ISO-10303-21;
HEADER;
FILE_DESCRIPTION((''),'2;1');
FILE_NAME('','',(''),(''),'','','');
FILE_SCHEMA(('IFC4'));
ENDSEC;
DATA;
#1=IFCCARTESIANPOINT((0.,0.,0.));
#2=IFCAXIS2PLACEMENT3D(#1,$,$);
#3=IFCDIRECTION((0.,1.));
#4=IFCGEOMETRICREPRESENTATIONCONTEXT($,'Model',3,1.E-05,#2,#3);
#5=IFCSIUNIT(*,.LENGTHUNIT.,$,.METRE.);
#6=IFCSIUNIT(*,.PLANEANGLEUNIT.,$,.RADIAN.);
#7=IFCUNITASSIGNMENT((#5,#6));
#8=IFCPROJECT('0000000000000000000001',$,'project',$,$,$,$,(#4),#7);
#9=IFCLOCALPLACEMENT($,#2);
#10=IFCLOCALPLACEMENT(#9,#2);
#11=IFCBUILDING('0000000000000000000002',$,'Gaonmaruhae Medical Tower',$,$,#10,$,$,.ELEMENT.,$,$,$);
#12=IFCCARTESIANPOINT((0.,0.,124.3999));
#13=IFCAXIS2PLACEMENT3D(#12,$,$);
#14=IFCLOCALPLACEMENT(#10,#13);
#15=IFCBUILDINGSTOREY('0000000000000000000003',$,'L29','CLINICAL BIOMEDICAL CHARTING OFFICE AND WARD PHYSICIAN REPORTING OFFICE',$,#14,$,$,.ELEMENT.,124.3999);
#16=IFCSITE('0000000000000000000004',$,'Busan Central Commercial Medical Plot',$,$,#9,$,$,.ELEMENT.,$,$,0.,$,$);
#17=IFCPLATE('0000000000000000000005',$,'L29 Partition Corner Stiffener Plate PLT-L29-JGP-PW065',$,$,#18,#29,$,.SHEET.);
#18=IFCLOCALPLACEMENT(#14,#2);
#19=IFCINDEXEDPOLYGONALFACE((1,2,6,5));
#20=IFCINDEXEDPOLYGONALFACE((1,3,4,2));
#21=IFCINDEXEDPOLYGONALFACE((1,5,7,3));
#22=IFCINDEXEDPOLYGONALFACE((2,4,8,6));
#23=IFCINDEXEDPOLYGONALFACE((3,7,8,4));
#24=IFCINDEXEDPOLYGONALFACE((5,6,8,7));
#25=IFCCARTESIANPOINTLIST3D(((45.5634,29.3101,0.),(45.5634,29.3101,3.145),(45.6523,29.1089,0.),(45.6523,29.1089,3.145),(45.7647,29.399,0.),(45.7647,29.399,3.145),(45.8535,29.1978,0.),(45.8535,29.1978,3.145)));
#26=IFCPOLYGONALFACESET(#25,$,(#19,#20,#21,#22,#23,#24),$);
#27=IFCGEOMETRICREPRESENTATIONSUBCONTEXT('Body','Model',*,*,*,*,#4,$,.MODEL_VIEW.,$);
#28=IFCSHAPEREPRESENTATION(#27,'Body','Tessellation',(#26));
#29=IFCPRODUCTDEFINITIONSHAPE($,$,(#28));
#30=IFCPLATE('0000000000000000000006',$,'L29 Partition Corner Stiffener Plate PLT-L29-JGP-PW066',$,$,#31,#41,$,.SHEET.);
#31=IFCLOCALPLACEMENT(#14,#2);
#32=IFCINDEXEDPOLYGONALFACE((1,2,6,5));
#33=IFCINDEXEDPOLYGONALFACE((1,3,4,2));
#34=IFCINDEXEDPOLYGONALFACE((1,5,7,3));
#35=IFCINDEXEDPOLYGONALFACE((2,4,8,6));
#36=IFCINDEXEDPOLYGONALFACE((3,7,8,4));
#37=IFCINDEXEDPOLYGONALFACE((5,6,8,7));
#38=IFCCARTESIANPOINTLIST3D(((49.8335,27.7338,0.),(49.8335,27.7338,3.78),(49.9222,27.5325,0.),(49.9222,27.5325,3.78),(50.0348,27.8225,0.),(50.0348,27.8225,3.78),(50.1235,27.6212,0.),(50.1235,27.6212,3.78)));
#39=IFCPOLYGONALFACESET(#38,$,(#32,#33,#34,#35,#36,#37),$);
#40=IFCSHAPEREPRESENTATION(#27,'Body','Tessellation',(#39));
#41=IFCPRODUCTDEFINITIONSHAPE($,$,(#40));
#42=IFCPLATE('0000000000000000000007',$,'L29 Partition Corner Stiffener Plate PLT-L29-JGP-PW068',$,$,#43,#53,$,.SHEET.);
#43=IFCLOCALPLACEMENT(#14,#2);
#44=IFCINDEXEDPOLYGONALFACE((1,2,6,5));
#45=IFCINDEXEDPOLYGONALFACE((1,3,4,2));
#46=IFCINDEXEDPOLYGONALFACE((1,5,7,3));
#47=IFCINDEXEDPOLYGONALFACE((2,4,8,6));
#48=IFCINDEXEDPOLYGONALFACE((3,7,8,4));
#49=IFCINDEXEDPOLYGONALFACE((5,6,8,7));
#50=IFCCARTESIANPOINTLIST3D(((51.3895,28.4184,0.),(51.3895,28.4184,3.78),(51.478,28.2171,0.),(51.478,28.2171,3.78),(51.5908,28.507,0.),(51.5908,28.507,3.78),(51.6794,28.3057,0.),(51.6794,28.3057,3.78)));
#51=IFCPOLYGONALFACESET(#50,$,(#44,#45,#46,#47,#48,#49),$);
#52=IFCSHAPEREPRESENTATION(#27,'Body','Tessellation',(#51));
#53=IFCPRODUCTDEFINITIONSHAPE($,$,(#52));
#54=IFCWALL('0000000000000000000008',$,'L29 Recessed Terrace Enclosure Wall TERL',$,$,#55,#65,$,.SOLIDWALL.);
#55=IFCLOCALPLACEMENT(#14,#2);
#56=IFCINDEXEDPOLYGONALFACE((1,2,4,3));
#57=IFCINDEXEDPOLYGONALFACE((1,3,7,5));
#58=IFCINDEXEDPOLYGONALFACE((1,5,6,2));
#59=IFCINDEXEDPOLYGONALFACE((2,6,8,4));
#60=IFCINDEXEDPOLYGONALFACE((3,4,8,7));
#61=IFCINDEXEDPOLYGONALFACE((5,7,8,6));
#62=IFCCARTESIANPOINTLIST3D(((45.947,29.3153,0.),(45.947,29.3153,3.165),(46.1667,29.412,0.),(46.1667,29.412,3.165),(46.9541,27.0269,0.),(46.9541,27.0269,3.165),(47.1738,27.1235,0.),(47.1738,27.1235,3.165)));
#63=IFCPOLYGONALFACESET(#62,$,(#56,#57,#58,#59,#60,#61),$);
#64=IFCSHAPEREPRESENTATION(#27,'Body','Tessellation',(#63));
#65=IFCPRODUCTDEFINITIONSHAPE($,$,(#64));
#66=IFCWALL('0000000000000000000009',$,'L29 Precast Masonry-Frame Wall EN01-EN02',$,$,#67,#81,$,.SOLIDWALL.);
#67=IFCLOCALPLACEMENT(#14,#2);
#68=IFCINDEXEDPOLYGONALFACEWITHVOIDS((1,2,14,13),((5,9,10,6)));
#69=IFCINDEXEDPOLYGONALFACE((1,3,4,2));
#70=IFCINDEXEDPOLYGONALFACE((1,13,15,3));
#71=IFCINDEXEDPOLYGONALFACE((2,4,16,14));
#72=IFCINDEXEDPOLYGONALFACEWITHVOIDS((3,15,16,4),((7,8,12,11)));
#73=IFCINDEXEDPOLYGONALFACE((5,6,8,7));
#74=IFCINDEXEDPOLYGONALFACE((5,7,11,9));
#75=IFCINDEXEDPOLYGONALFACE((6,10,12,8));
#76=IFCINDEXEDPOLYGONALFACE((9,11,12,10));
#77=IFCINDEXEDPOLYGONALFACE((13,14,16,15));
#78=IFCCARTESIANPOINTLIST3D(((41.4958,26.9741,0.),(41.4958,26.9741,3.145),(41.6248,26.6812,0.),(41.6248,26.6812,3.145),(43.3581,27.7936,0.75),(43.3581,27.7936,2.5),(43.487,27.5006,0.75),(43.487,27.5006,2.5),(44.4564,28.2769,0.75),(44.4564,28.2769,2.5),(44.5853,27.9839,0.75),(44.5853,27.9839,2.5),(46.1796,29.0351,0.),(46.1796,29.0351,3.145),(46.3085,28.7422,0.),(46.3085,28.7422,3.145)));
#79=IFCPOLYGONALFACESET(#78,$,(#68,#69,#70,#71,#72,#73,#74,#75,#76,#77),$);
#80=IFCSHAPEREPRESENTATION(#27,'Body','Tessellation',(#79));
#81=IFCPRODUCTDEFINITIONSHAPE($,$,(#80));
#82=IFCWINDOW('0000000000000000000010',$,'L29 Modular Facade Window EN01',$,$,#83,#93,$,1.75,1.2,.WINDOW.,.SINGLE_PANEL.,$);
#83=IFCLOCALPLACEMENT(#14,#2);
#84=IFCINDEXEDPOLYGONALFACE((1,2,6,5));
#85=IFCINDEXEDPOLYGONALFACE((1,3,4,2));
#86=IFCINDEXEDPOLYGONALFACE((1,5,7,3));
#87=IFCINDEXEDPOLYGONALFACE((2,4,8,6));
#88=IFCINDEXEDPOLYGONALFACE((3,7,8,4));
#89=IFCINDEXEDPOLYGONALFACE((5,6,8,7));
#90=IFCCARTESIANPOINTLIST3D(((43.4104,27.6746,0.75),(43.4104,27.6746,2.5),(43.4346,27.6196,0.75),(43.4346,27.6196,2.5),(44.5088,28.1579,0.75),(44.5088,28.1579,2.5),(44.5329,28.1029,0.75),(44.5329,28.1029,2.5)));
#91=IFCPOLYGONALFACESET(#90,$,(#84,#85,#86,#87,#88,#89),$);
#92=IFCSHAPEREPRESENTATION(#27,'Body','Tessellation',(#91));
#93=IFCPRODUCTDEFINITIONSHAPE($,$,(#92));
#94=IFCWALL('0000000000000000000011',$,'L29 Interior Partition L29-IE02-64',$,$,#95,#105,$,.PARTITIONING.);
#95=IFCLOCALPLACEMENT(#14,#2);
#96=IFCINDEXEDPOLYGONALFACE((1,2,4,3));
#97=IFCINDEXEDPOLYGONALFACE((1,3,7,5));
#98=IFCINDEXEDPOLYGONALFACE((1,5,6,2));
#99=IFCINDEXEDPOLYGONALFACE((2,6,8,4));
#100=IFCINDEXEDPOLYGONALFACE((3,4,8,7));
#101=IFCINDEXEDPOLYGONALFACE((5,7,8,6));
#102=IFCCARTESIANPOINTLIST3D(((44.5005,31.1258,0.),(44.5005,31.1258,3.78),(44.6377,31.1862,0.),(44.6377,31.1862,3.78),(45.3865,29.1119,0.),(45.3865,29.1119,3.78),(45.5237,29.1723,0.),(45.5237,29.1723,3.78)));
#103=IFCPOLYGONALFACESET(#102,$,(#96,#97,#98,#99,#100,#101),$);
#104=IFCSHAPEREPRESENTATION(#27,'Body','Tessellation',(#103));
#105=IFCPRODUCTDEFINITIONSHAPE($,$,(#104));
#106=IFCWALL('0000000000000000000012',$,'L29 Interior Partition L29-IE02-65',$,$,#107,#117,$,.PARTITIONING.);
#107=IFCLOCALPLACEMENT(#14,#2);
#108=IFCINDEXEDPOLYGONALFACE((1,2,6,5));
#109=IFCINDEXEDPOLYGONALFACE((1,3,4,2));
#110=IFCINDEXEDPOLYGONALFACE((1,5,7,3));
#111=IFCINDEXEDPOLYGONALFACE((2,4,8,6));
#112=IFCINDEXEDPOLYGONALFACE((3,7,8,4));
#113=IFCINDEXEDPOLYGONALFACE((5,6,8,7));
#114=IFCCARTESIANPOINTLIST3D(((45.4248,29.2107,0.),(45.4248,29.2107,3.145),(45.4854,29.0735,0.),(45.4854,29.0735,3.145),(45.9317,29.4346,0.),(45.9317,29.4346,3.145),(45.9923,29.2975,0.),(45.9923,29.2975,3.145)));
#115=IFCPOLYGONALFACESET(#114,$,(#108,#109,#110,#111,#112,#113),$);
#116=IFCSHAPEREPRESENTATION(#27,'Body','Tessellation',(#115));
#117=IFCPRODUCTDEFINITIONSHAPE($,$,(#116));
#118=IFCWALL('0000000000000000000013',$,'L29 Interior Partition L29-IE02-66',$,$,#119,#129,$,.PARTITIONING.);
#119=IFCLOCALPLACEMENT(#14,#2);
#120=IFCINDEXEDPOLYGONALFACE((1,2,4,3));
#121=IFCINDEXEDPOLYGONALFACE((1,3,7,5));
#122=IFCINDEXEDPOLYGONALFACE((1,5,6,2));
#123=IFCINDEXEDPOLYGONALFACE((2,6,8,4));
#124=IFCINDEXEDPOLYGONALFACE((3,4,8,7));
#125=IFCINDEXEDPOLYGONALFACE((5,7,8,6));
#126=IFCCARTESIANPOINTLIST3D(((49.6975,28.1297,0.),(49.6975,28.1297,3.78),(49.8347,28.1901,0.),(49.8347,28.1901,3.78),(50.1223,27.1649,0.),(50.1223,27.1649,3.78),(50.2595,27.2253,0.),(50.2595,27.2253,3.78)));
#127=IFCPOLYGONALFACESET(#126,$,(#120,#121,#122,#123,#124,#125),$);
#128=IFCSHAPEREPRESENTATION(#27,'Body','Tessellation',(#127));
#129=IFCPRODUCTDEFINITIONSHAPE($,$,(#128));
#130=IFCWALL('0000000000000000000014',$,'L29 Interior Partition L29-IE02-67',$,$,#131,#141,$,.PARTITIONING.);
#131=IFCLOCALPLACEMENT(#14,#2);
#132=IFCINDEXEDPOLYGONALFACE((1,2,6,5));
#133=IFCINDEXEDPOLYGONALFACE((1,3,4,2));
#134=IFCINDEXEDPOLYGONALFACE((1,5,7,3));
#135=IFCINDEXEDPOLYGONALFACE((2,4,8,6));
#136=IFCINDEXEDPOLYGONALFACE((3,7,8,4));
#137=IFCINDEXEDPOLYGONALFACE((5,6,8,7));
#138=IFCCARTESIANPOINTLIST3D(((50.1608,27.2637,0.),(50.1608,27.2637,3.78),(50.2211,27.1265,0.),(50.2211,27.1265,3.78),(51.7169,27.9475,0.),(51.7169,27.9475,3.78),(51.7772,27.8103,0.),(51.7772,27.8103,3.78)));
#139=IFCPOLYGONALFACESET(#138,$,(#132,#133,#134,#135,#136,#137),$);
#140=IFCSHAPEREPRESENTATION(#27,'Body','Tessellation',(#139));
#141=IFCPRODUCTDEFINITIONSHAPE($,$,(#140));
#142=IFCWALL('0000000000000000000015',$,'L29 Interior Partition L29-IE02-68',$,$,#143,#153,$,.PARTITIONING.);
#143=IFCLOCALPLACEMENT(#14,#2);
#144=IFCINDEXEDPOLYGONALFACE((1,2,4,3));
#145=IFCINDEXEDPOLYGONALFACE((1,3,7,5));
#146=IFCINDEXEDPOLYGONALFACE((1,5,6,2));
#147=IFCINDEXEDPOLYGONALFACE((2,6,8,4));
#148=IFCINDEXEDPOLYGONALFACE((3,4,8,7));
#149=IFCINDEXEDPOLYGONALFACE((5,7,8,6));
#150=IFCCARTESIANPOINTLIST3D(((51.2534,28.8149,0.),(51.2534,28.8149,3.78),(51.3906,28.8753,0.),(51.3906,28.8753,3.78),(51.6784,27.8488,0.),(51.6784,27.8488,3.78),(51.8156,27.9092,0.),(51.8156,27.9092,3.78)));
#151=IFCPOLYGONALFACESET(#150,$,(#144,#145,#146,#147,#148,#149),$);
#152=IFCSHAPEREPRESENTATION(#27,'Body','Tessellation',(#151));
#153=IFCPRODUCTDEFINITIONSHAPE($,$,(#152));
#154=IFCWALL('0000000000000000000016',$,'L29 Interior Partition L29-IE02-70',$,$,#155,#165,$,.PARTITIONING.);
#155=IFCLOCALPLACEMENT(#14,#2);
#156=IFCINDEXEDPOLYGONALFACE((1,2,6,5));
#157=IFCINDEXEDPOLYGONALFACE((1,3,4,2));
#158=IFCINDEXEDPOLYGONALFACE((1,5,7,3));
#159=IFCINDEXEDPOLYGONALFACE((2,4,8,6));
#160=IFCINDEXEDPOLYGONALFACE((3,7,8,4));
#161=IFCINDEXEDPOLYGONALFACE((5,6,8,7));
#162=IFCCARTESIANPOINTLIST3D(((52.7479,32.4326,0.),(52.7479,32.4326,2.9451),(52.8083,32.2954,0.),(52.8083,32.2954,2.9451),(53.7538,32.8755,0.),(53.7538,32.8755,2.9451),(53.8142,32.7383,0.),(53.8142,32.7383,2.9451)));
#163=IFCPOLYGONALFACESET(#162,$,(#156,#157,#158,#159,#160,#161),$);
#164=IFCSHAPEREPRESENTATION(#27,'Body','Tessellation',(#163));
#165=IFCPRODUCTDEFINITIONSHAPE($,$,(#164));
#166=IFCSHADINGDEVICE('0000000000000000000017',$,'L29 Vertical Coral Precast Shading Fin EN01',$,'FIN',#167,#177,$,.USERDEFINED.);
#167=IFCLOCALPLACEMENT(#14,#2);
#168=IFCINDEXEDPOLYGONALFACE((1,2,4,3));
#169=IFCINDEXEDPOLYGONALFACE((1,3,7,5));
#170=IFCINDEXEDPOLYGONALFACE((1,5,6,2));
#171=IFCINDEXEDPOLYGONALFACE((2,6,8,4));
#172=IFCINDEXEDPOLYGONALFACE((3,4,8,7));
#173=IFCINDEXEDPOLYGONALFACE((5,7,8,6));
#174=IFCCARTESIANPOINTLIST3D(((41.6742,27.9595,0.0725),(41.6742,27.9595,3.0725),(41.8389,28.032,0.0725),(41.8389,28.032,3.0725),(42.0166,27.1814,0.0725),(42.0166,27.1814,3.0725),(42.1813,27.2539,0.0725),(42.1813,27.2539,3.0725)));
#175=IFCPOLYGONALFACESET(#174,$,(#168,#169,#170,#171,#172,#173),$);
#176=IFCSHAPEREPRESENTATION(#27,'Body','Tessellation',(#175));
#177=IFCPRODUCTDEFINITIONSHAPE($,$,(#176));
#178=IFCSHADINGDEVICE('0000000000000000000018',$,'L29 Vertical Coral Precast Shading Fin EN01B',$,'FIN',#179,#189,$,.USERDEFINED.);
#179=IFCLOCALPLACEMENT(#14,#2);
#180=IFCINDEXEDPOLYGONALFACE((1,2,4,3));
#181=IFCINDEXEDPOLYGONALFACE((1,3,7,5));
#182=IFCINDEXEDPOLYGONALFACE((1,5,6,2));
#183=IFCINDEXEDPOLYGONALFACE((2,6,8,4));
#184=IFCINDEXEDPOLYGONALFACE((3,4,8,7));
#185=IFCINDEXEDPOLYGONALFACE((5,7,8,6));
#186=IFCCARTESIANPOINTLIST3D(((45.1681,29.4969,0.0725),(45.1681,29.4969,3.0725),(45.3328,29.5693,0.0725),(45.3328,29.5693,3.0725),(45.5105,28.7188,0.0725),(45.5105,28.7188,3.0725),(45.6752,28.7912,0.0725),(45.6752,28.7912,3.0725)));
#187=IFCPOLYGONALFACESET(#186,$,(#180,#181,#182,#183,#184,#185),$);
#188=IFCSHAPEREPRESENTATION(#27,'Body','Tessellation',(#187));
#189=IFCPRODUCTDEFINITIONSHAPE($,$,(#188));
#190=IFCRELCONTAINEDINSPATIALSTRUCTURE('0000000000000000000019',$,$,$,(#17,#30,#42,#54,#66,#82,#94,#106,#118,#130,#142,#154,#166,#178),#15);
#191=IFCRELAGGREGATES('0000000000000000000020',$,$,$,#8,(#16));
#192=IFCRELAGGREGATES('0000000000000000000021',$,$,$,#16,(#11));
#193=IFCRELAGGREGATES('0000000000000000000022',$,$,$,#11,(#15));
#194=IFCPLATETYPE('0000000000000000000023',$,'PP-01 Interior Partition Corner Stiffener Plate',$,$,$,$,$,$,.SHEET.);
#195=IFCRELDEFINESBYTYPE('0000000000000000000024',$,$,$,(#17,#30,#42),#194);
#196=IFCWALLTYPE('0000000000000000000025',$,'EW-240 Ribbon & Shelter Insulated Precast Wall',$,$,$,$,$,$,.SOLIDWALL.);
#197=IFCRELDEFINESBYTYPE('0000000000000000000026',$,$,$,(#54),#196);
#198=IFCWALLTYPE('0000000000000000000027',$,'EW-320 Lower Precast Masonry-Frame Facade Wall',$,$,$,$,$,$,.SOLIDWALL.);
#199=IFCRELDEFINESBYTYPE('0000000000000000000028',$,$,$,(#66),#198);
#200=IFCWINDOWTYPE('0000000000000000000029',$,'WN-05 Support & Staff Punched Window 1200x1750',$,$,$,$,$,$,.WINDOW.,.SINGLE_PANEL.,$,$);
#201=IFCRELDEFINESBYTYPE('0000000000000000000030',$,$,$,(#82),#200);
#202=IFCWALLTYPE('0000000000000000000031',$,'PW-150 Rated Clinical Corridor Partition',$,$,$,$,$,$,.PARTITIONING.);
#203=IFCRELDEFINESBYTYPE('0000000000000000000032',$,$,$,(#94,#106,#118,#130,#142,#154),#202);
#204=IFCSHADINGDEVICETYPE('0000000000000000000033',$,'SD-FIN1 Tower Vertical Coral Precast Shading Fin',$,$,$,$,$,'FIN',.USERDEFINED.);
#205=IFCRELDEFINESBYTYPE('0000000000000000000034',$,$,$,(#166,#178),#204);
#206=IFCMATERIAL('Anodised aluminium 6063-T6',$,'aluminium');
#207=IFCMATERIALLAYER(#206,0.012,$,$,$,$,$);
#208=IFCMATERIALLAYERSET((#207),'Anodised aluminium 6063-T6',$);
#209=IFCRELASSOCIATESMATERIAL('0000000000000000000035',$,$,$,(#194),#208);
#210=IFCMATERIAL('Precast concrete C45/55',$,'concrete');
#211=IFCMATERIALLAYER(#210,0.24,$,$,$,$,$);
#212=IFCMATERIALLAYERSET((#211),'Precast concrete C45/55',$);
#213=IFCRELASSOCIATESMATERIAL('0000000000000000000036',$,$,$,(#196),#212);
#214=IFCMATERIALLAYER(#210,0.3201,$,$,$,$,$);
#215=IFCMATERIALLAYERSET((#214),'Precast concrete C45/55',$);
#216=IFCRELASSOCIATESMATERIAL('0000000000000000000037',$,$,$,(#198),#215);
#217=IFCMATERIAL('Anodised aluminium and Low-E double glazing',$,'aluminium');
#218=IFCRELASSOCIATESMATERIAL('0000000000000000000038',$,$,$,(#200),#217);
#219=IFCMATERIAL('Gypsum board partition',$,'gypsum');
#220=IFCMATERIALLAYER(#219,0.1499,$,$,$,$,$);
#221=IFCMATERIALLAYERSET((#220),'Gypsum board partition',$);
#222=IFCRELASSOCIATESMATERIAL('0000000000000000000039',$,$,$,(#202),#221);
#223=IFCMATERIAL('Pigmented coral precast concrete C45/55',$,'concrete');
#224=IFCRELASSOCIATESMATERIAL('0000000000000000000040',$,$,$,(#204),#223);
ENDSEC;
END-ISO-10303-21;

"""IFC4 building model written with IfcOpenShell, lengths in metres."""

from ifc_helpers import new_model, si_unit, direction, frame, frame_2d, origin, origin_2d, place, context, subcontext, project, spatial, rectangle, extrude, material, layer, layer_set, type_object, element, fill, save


model = new_model("IFC4")

# Units and contexts
model_context = context("Model", 3, precision=1e-05, world=origin(), true_north=direction((0.0, 1.0)))
body_context = subcontext(model_context, "Body", "Model", "MODEL_VIEW")
ifc_project = project(units=[si_unit("LENGTHUNIT", "METRE"), si_unit("PLANEANGLEUNIT", "RADIAN")], contexts=[model_context])

# Site, building, storey
site_placement = place(None, origin())
site = spatial("IfcSite", under=ifc_project, at=site_placement, Name="Busan Central Commercial Medical Plot", CompositionType="ELEMENT", RefElevation=0.0)
building_placement = place(site_placement, origin())
building = spatial("IfcBuilding", under=site, at=building_placement, Name="Gaonmaruhae Medical Tower", CompositionType="ELEMENT")
storey_placement = place(building_placement, frame((0.0, 0.0, 124.3999)))
storey = spatial("IfcBuildingStorey", under=building, at=storey_placement, Name="L29", Description="CLINICAL BIOMEDICAL CHARTING OFFICE AND WARD PHYSICIAN REPORTING OFFICE", CompositionType="ELEMENT", Elevation=124.3999)

# Plates
ifc_material_1 = material(Name="Anodised aluminium 6063-T6", Category="aluminium")
ifc_layer_1 = layer(ifc_material_1, 0.012)
ifc_layer_set_1 = layer_set([ifc_layer_1], Name="Anodised aluminium 6063-T6")
plate_type = type_object("IfcPlateType", Name="PP-01 Interior Partition Corner Stiffener Plate", PredefinedType="SHEET", material=ifc_layer_set_1)
plate_1_placement = place(storey_placement, frame((45.7085, 29.2539, 0.0), z_axis=(0.0, 0.0, 1.0), x_axis=(0.914699, 0.404136, 0.0)))
element("IfcPlate", 1, at=plate_1_placement, inside=storey, type_object=plate_type, Name="L29 Partition Corner Stiffener Plate PLT-L29-JGP-PW065", PredefinedType="SHEET", context=body_context, shape_type="SweptSolid", body=[
    extrude(rectangle(XDim=0.22, YDim=0.22, at=origin_2d()), origin(), (0.0, 0.0, 1.0), 3.145),
])
for number, where, z_axis, x_axis, name in (
    (2, (49.9785, 27.6775, 0.0), (0.0, 0.0, 1.0), (0.40305, -0.915178, 0.0), "L29 Partition Corner Stiffener Plate PLT-L29-JGP-PW066"),
    (3, (51.5344, 28.3621, 0.0), (0.0, 0.0, 1.0), (-0.402715, 0.915326, 0.0), "L29 Partition Corner Stiffener Plate PLT-L29-JGP-PW068"),
):
    element("IfcPlate", number, at=place(storey_placement, frame(where, z_axis=z_axis, x_axis=x_axis)), inside=storey, type_object=plate_type, Name=name, PredefinedType="SHEET", context=body_context, shape_type="SweptSolid", body=[
        extrude(rectangle(XDim=0.22, YDim=0.22, at=origin_2d()), origin(), (0.0, 0.0, 1.0), 3.78),
    ])

# Shared definitions
ifc_material_2 = material(Name="Precast concrete C45/55", Category="concrete")
ifc_layer_2 = layer(ifc_material_2, 0.24)
ifc_layer_set_2 = layer_set([ifc_layer_2], Name="Precast concrete C45/55")
wall_type_1 = type_object("IfcWallType", Name="EW-240 Ribbon & Shelter Insulated Precast Wall", PredefinedType="SOLIDWALL", material=ifc_layer_set_2)

# Wall
wall_1_placement = place(storey_placement, frame((46.0569, 29.3635, 0.0), z_axis=(0.0, 0.0, 1.0), x_axis=(0.402811, -0.915283, 0.0)))
element("IfcWall", 4, at=wall_1_placement, inside=storey, type_object=wall_type_1, Name="L29 Recessed Terrace Enclosure Wall TERL", PredefinedType="SOLIDWALL", context=body_context, shape_type="SweptSolid", body=[
    extrude(rectangle(XDim=2.5002, YDim=0.24, at=frame_2d((1.25, 0.0))), origin(), (0.0, 0.0, 1.0), 3.165),
])

# Wall, opening, window
ifc_layer_3 = layer(ifc_material_2, 0.3201)
ifc_layer_set_3 = layer_set([ifc_layer_3], Name="Precast concrete C45/55")
wall_type_2 = type_object("IfcWallType", Name="EW-320 Lower Precast Masonry-Frame Facade Wall", PredefinedType="SOLIDWALL", material=ifc_layer_set_3)
wall_2_placement = place(storey_placement, frame((41.5603, 26.8276, 0.0), z_axis=(0.0, 0.0, 1.0), x_axis=(0.915304, 0.402763, 0.0)))
wall_2 = element("IfcWall", 5, at=wall_2_placement, inside=storey, type_object=wall_type_2, Name="L29 Precast Masonry-Frame Wall EN01-EN02", PredefinedType="SOLIDWALL", context=body_context, shape_type="SweptSolid", body=[
    extrude(rectangle(XDim=5.1172, YDim=0.3201, at=frame_2d((2.5586, 0.0))), origin(), (0.0, 0.0, 1.0), 3.145),
])
opening_1_placement = place(wall_2_placement, frame((2.0344, 0.0, 0.75)))
opening_1 = element("IfcOpeningElement", 6, at=opening_1_placement, cuts=wall_2, PredefinedType="OPENING", context=body_context, shape_type="SweptSolid", body=[
    extrude(rectangle(XDim=1.2, YDim=1.75, at=frame_2d((0.6001, 0.875))), frame((0.0, 0.1699, 0.0), z_axis=(0.0, -1.0, 0.0), x_axis=(1.0, 0.0, 0.0)), (0.0, 0.0, 1.0), 0.3401),
])
ifc_material_3 = material(Name="Anodised aluminium and Low-E double glazing", Category="aluminium")
window_type = type_object("IfcWindowType", Name="WN-05 Support & Staff Punched Window 1200x1750", PartitioningType="SINGLE_PANEL", PredefinedType="WINDOW", material=ifc_material_3)
window_placement = place(opening_1_placement, origin())
window = element("IfcWindow", 7, at=window_placement, inside=storey, type_object=window_type, Name="L29 Modular Facade Window EN01", OverallHeight=1.75, OverallWidth=1.2, PartitioningType="SINGLE_PANEL", PredefinedType="WINDOW", context=body_context, shape_type="SweptSolid", body=[
    extrude(rectangle(XDim=1.2, YDim=1.75, at=frame_2d((0.6001, 0.875))), frame((0.0, 0.03, 0.0), z_axis=(0.0, -1.0, 0.0), x_axis=(1.0, 0.0, 0.0)), (0.0, 0.0, 1.0), 0.0601),
])
fill(opening_1, window)

# Walls
ifc_material_4 = material(Name="Gypsum board partition", Category="gypsum")
ifc_layer_4 = layer(ifc_material_4, 0.1499)
ifc_layer_set_4 = layer_set([ifc_layer_4], Name="Gypsum board partition")
wall_type_3 = type_object("IfcWallType", Name="PW-150 Rated Clinical Corridor Partition", PredefinedType="PARTITIONING", material=ifc_layer_set_4)
wall_3_placement = place(storey_placement, frame((44.5691, 31.156, 0.0), z_axis=(0.0, 0.0, 1.0), x_axis=(0.402687, -0.915338, 0.0)))
element("IfcWall", 8, at=wall_3_placement, inside=storey, type_object=wall_type_3, Name="L29 Interior Partition L29-IE02-64", PredefinedType="PARTITIONING", context=body_context, shape_type="SweptSolid", body=[
    extrude(rectangle(XDim=2.2002, YDim=0.1499, at=frame_2d((1.1001, 0.0))), origin(), (0.0, 0.0, 1.0), 3.78),
])
wall_4_placement = place(storey_placement, frame((45.4551, 29.1421, 0.0), z_axis=(0.0, 0.0, 1.0), x_axis=(0.914736, 0.404052, 0.0)))
element("IfcWall", 9, at=wall_4_placement, inside=storey, type_object=wall_type_3, Name="L29 Interior Partition L29-IE02-65", PredefinedType="PARTITIONING", context=body_context, shape_type="SweptSolid", body=[
    extrude(rectangle(XDim=0.5542, YDim=0.1499, at=frame_2d((0.2771, 0.0))), origin(), (0.0, 0.0, 1.0), 3.145),
])
wall_5_placement = place(storey_placement, frame((49.7661, 28.1599, 0.0), z_axis=(0.0, 0.0, 1.0), x_axis=(0.402956, -0.915219, 0.0)))
element("IfcWall", 10, at=wall_5_placement, inside=storey, type_object=wall_type_3, Name="L29 Interior Partition L29-IE02-66", PredefinedType="PARTITIONING", context=body_context, shape_type="SweptSolid", body=[
    extrude(rectangle(XDim=1.0542, YDim=0.1499, at=frame_2d((0.5271, 0.0))), origin(), (0.0, 0.0, 1.0), 3.78),
])
wall_6_placement = place(storey_placement, frame((50.1909, 27.1951, 0.0), z_axis=(0.0, 0.0, 1.0), x_axis=(0.915503, 0.40231, 0.0)))
element("IfcWall", 11, at=wall_6_placement, inside=storey, type_object=wall_type_3, Name="L29 Interior Partition L29-IE02-67", PredefinedType="PARTITIONING", context=body_context, shape_type="SweptSolid", body=[
    extrude(rectangle(XDim=1.6997, YDim=0.1499, at=frame_2d((0.8499, 0.0))), origin(), (0.0, 0.0, 1.0), 3.78),
])
wall_7_placement = place(storey_placement, frame((51.7471, 27.8789, 0.0), z_axis=(0.0, 0.0, 1.0), x_axis=(-0.402723, 0.915322, 0.0)))
element("IfcWall", 12, at=wall_7_placement, inside=storey, type_object=wall_type_3, Name="L29 Interior Partition L29-IE02-68", PredefinedType="PARTITIONING", context=body_context, shape_type="SweptSolid", body=[
    extrude(rectangle(XDim=1.0554, YDim=0.1499, at=frame_2d((0.5278, 0.0))), origin(), (0.0, 0.0, 1.0), 3.78),
])
wall_8_placement = place(storey_placement, frame((52.7781, 32.364, 0.0), z_axis=(0.0, 0.0, 1.0), x_axis=(0.915217, 0.402962, 0.0)))
element("IfcWall", 13, at=wall_8_placement, inside=storey, type_object=wall_type_3, Name="L29 Interior Partition L29-IE02-70", PredefinedType="PARTITIONING", context=body_context, shape_type="SweptSolid", body=[
    extrude(rectangle(XDim=1.0991, YDim=0.1499, at=frame_2d((0.5496, 0.0))), origin(), (0.0, 0.0, 1.0), 2.9451),
])

# Shading devices
ifc_material_5 = material(Name="Pigmented coral precast concrete C45/55", Category="concrete")
shading_device_type = type_object("IfcShadingDeviceType", Name="SD-FIN1 Tower Vertical Coral Precast Shading Fin", ElementType="FIN", PredefinedType="USERDEFINED", material=ifc_material_5)
for number, where, z_axis, x_axis, name in (
    (14, (41.9277, 27.6067, 0.0725), (0.0, 0.0, 1.0), (0.915311, 0.402747, 0.0), "L29 Vertical Coral Precast Shading Fin EN01"),
    (15, (45.4216, 29.144, 0.0725), (0.0, 0.0, 1.0), (0.915311, 0.402747, 0.0), "L29 Vertical Coral Precast Shading Fin EN01B"),
):
    element("IfcShadingDevice", number, at=place(storey_placement, frame(where, z_axis=z_axis, x_axis=x_axis)), inside=storey, type_object=shading_device_type, Name=name, ObjectType="FIN", PredefinedType="USERDEFINED", context=body_context, shape_type="SweptSolid", body=[
        extrude(rectangle(XDim=0.1799, YDim=0.8501, at=origin_2d()), origin(), (0.0, 0.0, 1.0), 3.0),
    ])

save(model, "model.ifc")
